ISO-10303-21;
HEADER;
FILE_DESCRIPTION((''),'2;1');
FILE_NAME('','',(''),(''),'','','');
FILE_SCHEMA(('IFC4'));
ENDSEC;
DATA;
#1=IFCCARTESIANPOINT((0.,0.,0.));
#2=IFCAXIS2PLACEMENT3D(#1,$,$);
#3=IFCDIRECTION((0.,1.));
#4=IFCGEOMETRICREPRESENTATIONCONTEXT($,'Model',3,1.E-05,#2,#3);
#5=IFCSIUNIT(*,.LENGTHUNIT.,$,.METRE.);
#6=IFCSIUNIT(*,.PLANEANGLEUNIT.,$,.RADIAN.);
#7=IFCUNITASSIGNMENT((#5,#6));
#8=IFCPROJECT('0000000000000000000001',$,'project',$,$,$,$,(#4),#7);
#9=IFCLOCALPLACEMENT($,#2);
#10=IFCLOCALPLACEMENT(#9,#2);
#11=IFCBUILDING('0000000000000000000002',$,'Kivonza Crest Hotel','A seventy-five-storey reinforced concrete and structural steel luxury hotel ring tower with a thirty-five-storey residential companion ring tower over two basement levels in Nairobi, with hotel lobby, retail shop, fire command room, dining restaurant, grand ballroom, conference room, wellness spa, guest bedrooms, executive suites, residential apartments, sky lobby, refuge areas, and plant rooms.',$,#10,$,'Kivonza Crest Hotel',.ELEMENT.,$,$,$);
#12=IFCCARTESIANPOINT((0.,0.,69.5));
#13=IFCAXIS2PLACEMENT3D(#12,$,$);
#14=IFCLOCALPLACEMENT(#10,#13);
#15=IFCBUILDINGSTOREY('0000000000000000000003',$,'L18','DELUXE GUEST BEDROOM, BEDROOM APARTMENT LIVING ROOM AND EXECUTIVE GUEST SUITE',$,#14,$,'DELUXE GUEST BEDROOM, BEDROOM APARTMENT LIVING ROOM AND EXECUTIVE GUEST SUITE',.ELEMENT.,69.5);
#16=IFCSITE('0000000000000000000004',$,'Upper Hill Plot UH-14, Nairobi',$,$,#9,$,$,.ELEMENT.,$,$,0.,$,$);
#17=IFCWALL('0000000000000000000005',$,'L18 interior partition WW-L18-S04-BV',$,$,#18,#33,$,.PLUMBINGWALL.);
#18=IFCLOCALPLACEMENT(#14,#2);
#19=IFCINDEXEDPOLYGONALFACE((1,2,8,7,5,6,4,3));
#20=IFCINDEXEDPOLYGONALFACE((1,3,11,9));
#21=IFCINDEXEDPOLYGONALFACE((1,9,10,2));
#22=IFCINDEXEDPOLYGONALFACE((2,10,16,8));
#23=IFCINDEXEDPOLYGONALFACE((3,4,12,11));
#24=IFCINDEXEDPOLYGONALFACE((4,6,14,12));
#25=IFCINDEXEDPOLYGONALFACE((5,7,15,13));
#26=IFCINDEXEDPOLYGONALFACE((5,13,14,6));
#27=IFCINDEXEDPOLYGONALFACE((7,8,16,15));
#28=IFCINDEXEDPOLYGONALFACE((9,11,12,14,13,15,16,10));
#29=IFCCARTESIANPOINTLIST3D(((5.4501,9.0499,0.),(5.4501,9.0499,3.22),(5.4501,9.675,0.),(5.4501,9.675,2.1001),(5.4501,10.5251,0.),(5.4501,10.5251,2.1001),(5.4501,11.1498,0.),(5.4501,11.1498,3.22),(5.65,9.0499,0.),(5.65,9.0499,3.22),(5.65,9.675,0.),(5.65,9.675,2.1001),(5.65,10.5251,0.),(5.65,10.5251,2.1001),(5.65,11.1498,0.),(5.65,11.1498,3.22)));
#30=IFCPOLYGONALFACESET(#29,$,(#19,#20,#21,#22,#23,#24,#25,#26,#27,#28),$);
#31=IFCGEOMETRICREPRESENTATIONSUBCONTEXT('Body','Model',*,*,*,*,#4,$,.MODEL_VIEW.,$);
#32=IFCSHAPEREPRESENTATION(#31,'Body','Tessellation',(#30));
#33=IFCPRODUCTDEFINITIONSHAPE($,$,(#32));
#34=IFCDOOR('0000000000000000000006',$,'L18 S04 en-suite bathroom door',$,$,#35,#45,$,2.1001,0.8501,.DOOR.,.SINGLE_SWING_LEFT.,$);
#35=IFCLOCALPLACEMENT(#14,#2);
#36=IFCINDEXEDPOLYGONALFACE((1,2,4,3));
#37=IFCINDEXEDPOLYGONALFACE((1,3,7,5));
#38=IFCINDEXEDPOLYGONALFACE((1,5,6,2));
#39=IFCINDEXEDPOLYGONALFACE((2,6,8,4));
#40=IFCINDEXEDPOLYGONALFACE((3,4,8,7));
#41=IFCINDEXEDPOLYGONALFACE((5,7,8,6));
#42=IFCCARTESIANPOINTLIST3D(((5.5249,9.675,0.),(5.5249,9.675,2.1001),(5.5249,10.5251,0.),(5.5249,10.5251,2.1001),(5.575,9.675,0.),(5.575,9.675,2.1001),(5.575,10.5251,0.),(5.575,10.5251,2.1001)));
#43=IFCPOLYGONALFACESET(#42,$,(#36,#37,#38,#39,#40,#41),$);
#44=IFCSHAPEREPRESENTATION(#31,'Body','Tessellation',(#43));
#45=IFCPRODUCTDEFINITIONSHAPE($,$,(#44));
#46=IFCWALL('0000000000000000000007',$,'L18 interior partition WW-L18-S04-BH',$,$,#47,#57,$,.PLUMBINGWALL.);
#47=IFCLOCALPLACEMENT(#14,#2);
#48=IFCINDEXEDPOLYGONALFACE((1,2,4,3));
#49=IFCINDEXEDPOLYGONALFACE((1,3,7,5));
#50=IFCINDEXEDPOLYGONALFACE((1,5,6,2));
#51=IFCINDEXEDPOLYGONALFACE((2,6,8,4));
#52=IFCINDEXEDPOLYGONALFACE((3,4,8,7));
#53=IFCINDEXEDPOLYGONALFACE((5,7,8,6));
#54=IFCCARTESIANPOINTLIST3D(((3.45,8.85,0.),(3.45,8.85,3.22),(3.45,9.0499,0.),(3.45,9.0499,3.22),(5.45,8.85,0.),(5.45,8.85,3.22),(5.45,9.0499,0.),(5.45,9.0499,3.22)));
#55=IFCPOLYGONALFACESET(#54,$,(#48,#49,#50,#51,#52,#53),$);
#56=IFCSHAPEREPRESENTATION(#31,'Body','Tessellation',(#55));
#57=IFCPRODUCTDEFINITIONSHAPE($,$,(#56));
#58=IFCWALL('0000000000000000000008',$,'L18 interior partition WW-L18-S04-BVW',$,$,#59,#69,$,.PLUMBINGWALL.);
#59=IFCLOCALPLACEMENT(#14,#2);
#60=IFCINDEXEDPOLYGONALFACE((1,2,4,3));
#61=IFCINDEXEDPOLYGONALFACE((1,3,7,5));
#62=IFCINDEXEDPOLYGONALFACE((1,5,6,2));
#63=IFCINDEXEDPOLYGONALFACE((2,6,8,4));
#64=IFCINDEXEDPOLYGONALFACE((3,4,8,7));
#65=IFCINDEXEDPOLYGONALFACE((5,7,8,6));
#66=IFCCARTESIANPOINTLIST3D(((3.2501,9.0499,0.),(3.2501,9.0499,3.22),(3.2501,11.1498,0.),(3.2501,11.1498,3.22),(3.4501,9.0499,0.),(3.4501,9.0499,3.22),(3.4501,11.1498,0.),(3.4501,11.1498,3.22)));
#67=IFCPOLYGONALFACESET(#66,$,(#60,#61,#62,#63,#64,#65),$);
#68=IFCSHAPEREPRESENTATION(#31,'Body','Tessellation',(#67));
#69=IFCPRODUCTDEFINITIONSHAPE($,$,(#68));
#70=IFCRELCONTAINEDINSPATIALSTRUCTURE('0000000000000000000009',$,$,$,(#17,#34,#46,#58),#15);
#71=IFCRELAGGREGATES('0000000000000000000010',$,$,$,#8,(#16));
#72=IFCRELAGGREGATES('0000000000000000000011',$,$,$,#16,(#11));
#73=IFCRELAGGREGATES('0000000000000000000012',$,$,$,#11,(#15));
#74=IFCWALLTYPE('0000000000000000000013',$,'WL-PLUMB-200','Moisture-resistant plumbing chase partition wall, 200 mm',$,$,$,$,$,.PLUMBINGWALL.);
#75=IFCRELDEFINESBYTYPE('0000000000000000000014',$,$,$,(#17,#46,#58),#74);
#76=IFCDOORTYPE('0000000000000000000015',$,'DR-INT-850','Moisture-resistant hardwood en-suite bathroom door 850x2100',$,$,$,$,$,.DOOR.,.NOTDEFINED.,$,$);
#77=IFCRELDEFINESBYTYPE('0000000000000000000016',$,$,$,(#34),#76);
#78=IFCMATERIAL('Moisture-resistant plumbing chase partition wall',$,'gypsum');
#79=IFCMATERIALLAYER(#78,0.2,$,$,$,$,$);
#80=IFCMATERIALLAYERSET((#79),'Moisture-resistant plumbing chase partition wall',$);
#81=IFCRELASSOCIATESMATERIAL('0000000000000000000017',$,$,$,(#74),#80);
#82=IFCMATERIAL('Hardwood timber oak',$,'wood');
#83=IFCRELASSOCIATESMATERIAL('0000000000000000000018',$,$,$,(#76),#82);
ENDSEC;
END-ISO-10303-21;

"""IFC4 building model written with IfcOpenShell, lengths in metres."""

from ifc_helpers import new_model, si_unit, direction, frame, frame_2d, origin, place, context, subcontext, project, spatial, rectangle, extrude, material, layer, layer_set, type_object, element, fill, save


model = new_model("IFC4")

# Units and contexts
model_context = context("Model", 3, precision=1e-05, world=origin(), true_north=direction((0.0, 1.0)))
body_context = subcontext(model_context, "Body", "Model", "MODEL_VIEW")
ifc_project = project(units=[si_unit("LENGTHUNIT", "METRE"), si_unit("PLANEANGLEUNIT", "RADIAN")], contexts=[model_context])

# Site, building, storey
site_placement = place(None, origin())
site = spatial("IfcSite", under=ifc_project, at=site_placement, Name="Upper Hill Plot UH-14, Nairobi", CompositionType="ELEMENT", RefElevation=0.0)
building_placement = place(site_placement, origin())
building = spatial("IfcBuilding", under=site, at=building_placement, Name="Kivonza Crest Hotel", Description="A seventy-five-storey reinforced concrete and structural steel luxury hotel ring tower with a thirty-five-storey residential companion ring tower over two basement levels in Nairobi, with hotel lobby, retail shop, fire command room, dining restaurant, grand ballroom, conference room, wellness spa, guest bedrooms, executive suites, residential apartments, sky lobby, refuge areas, and plant rooms.", LongName="Kivonza Crest Hotel", CompositionType="ELEMENT")
storey_placement = place(building_placement, frame((0.0, 0.0, 69.5)))
storey = spatial("IfcBuildingStorey", under=building, at=storey_placement, Name="L18", Description="DELUXE GUEST BEDROOM, BEDROOM APARTMENT LIVING ROOM AND EXECUTIVE GUEST SUITE", LongName="DELUXE GUEST BEDROOM, BEDROOM APARTMENT LIVING ROOM AND EXECUTIVE GUEST SUITE", CompositionType="ELEMENT", Elevation=69.5)

# Shared definitions
ifc_material_1 = material(Name="Hardwood timber oak", Category="wood")

# Wall, opening, door
ifc_material_2 = material(Name="Moisture-resistant plumbing chase partition wall", Category="gypsum")
ifc_layer_1 = layer(ifc_material_2, 0.2)
ifc_layer_set_1 = layer_set([ifc_layer_1], Name="Moisture-resistant plumbing chase partition wall")
wall_type_1 = type_object("IfcWallType", Name="WL-PLUMB-200", Description="Moisture-resistant plumbing chase partition wall, 200 mm", PredefinedType="PLUMBINGWALL", material=ifc_layer_set_1)
wall_1_placement = place(storey_placement, frame((5.55, 9.05, 0.0), z_axis=(0.0, 0.0, 1.0), x_axis=(0.0, 1.0, 0.0)))
wall_1 = element("IfcWall", 1, at=wall_1_placement, inside=storey, type_object=wall_type_1, Name="L18 interior partition WW-L18-S04-BV", PredefinedType="PLUMBINGWALL", context=body_context, shape_type="SweptSolid", body=[
    extrude(rectangle(XDim=2.0999, YDim=0.2, at=frame_2d((1.0498, 0.0))), origin(), (0.0, 0.0, 1.0), 3.22),
])
opening_1_placement = place(wall_1_placement, frame((0.625, 0.0, 0.0)))
opening_1 = element("IfcOpeningElement", 2, at=opening_1_placement, cuts=wall_1, PredefinedType="OPENING", context=body_context, shape_type="SweptSolid", body=[
    extrude(rectangle(XDim=0.8501, YDim=2.1001, at=frame_2d((0.425, 1.05))), frame((0.0, 0.1099, 0.0), z_axis=(0.0, -1.0, 0.0), x_axis=(1.0, 0.0, 0.0)), (0.0, 0.0, 1.0), 0.22),
])
door_type_1 = type_object("IfcDoorType", Name="DR-INT-850", Description="Moisture-resistant hardwood en-suite bathroom door 850x2100", OperationType="NOTDEFINED", PredefinedType="DOOR", material=ifc_material_1)
door_1_placement = place(opening_1_placement, frame((0.8501, 0.0, 0.0), z_axis=(0.0, 0.0, 1.0), x_axis=(-1.0, 0.0, 0.0)))
door_1 = element("IfcDoor", 3, at=door_1_placement, inside=storey, type_object=door_type_1, Name="L18 S04 en-suite bathroom door", OperationType="SINGLE_SWING_LEFT", OverallHeight=2.1001, OverallWidth=0.8501, PredefinedType="DOOR", context=body_context, shape_type="SweptSolid", body=[
    extrude(rectangle(XDim=0.8501, YDim=2.1001, at=frame_2d((0.425, 1.05))), frame((0.0, 0.0249, 0.0), z_axis=(0.0, -1.0, 0.0), x_axis=(1.0, 0.0, 0.0)), (0.0, 0.0, 1.0), 0.05),
])
fill(opening_1, door_1)

# Walls
wall_2_placement = place(storey_placement, frame((3.45, 8.95, 0.0), z_axis=(0.0, 0.0, 1.0), x_axis=(1.0, 0.0, 0.0)))
element("IfcWall", 4, at=wall_2_placement, inside=storey, type_object=wall_type_1, Name="L18 interior partition WW-L18-S04-BH", PredefinedType="PLUMBINGWALL", context=body_context, shape_type="SweptSolid", body=[
    extrude(rectangle(XDim=2.0, YDim=0.2, at=frame_2d((1.0, 0.0))), origin(), (0.0, 0.0, 1.0), 3.22),
])
wall_3_placement = place(storey_placement, frame((3.3501, 9.05, 0.0), z_axis=(0.0, 0.0, 1.0), x_axis=(0.0, 1.0, 0.0)))
element("IfcWall", 5, at=wall_3_placement, inside=storey, type_object=wall_type_1, Name="L18 interior partition WW-L18-S04-BVW", PredefinedType="PLUMBINGWALL", context=body_context, shape_type="SweptSolid", body=[
    extrude(rectangle(XDim=2.0999, YDim=0.2, at=frame_2d((1.0498, 0.0))), origin(), (0.0, 0.0, 1.0), 3.22),
])

save(model, "model.ifc")
